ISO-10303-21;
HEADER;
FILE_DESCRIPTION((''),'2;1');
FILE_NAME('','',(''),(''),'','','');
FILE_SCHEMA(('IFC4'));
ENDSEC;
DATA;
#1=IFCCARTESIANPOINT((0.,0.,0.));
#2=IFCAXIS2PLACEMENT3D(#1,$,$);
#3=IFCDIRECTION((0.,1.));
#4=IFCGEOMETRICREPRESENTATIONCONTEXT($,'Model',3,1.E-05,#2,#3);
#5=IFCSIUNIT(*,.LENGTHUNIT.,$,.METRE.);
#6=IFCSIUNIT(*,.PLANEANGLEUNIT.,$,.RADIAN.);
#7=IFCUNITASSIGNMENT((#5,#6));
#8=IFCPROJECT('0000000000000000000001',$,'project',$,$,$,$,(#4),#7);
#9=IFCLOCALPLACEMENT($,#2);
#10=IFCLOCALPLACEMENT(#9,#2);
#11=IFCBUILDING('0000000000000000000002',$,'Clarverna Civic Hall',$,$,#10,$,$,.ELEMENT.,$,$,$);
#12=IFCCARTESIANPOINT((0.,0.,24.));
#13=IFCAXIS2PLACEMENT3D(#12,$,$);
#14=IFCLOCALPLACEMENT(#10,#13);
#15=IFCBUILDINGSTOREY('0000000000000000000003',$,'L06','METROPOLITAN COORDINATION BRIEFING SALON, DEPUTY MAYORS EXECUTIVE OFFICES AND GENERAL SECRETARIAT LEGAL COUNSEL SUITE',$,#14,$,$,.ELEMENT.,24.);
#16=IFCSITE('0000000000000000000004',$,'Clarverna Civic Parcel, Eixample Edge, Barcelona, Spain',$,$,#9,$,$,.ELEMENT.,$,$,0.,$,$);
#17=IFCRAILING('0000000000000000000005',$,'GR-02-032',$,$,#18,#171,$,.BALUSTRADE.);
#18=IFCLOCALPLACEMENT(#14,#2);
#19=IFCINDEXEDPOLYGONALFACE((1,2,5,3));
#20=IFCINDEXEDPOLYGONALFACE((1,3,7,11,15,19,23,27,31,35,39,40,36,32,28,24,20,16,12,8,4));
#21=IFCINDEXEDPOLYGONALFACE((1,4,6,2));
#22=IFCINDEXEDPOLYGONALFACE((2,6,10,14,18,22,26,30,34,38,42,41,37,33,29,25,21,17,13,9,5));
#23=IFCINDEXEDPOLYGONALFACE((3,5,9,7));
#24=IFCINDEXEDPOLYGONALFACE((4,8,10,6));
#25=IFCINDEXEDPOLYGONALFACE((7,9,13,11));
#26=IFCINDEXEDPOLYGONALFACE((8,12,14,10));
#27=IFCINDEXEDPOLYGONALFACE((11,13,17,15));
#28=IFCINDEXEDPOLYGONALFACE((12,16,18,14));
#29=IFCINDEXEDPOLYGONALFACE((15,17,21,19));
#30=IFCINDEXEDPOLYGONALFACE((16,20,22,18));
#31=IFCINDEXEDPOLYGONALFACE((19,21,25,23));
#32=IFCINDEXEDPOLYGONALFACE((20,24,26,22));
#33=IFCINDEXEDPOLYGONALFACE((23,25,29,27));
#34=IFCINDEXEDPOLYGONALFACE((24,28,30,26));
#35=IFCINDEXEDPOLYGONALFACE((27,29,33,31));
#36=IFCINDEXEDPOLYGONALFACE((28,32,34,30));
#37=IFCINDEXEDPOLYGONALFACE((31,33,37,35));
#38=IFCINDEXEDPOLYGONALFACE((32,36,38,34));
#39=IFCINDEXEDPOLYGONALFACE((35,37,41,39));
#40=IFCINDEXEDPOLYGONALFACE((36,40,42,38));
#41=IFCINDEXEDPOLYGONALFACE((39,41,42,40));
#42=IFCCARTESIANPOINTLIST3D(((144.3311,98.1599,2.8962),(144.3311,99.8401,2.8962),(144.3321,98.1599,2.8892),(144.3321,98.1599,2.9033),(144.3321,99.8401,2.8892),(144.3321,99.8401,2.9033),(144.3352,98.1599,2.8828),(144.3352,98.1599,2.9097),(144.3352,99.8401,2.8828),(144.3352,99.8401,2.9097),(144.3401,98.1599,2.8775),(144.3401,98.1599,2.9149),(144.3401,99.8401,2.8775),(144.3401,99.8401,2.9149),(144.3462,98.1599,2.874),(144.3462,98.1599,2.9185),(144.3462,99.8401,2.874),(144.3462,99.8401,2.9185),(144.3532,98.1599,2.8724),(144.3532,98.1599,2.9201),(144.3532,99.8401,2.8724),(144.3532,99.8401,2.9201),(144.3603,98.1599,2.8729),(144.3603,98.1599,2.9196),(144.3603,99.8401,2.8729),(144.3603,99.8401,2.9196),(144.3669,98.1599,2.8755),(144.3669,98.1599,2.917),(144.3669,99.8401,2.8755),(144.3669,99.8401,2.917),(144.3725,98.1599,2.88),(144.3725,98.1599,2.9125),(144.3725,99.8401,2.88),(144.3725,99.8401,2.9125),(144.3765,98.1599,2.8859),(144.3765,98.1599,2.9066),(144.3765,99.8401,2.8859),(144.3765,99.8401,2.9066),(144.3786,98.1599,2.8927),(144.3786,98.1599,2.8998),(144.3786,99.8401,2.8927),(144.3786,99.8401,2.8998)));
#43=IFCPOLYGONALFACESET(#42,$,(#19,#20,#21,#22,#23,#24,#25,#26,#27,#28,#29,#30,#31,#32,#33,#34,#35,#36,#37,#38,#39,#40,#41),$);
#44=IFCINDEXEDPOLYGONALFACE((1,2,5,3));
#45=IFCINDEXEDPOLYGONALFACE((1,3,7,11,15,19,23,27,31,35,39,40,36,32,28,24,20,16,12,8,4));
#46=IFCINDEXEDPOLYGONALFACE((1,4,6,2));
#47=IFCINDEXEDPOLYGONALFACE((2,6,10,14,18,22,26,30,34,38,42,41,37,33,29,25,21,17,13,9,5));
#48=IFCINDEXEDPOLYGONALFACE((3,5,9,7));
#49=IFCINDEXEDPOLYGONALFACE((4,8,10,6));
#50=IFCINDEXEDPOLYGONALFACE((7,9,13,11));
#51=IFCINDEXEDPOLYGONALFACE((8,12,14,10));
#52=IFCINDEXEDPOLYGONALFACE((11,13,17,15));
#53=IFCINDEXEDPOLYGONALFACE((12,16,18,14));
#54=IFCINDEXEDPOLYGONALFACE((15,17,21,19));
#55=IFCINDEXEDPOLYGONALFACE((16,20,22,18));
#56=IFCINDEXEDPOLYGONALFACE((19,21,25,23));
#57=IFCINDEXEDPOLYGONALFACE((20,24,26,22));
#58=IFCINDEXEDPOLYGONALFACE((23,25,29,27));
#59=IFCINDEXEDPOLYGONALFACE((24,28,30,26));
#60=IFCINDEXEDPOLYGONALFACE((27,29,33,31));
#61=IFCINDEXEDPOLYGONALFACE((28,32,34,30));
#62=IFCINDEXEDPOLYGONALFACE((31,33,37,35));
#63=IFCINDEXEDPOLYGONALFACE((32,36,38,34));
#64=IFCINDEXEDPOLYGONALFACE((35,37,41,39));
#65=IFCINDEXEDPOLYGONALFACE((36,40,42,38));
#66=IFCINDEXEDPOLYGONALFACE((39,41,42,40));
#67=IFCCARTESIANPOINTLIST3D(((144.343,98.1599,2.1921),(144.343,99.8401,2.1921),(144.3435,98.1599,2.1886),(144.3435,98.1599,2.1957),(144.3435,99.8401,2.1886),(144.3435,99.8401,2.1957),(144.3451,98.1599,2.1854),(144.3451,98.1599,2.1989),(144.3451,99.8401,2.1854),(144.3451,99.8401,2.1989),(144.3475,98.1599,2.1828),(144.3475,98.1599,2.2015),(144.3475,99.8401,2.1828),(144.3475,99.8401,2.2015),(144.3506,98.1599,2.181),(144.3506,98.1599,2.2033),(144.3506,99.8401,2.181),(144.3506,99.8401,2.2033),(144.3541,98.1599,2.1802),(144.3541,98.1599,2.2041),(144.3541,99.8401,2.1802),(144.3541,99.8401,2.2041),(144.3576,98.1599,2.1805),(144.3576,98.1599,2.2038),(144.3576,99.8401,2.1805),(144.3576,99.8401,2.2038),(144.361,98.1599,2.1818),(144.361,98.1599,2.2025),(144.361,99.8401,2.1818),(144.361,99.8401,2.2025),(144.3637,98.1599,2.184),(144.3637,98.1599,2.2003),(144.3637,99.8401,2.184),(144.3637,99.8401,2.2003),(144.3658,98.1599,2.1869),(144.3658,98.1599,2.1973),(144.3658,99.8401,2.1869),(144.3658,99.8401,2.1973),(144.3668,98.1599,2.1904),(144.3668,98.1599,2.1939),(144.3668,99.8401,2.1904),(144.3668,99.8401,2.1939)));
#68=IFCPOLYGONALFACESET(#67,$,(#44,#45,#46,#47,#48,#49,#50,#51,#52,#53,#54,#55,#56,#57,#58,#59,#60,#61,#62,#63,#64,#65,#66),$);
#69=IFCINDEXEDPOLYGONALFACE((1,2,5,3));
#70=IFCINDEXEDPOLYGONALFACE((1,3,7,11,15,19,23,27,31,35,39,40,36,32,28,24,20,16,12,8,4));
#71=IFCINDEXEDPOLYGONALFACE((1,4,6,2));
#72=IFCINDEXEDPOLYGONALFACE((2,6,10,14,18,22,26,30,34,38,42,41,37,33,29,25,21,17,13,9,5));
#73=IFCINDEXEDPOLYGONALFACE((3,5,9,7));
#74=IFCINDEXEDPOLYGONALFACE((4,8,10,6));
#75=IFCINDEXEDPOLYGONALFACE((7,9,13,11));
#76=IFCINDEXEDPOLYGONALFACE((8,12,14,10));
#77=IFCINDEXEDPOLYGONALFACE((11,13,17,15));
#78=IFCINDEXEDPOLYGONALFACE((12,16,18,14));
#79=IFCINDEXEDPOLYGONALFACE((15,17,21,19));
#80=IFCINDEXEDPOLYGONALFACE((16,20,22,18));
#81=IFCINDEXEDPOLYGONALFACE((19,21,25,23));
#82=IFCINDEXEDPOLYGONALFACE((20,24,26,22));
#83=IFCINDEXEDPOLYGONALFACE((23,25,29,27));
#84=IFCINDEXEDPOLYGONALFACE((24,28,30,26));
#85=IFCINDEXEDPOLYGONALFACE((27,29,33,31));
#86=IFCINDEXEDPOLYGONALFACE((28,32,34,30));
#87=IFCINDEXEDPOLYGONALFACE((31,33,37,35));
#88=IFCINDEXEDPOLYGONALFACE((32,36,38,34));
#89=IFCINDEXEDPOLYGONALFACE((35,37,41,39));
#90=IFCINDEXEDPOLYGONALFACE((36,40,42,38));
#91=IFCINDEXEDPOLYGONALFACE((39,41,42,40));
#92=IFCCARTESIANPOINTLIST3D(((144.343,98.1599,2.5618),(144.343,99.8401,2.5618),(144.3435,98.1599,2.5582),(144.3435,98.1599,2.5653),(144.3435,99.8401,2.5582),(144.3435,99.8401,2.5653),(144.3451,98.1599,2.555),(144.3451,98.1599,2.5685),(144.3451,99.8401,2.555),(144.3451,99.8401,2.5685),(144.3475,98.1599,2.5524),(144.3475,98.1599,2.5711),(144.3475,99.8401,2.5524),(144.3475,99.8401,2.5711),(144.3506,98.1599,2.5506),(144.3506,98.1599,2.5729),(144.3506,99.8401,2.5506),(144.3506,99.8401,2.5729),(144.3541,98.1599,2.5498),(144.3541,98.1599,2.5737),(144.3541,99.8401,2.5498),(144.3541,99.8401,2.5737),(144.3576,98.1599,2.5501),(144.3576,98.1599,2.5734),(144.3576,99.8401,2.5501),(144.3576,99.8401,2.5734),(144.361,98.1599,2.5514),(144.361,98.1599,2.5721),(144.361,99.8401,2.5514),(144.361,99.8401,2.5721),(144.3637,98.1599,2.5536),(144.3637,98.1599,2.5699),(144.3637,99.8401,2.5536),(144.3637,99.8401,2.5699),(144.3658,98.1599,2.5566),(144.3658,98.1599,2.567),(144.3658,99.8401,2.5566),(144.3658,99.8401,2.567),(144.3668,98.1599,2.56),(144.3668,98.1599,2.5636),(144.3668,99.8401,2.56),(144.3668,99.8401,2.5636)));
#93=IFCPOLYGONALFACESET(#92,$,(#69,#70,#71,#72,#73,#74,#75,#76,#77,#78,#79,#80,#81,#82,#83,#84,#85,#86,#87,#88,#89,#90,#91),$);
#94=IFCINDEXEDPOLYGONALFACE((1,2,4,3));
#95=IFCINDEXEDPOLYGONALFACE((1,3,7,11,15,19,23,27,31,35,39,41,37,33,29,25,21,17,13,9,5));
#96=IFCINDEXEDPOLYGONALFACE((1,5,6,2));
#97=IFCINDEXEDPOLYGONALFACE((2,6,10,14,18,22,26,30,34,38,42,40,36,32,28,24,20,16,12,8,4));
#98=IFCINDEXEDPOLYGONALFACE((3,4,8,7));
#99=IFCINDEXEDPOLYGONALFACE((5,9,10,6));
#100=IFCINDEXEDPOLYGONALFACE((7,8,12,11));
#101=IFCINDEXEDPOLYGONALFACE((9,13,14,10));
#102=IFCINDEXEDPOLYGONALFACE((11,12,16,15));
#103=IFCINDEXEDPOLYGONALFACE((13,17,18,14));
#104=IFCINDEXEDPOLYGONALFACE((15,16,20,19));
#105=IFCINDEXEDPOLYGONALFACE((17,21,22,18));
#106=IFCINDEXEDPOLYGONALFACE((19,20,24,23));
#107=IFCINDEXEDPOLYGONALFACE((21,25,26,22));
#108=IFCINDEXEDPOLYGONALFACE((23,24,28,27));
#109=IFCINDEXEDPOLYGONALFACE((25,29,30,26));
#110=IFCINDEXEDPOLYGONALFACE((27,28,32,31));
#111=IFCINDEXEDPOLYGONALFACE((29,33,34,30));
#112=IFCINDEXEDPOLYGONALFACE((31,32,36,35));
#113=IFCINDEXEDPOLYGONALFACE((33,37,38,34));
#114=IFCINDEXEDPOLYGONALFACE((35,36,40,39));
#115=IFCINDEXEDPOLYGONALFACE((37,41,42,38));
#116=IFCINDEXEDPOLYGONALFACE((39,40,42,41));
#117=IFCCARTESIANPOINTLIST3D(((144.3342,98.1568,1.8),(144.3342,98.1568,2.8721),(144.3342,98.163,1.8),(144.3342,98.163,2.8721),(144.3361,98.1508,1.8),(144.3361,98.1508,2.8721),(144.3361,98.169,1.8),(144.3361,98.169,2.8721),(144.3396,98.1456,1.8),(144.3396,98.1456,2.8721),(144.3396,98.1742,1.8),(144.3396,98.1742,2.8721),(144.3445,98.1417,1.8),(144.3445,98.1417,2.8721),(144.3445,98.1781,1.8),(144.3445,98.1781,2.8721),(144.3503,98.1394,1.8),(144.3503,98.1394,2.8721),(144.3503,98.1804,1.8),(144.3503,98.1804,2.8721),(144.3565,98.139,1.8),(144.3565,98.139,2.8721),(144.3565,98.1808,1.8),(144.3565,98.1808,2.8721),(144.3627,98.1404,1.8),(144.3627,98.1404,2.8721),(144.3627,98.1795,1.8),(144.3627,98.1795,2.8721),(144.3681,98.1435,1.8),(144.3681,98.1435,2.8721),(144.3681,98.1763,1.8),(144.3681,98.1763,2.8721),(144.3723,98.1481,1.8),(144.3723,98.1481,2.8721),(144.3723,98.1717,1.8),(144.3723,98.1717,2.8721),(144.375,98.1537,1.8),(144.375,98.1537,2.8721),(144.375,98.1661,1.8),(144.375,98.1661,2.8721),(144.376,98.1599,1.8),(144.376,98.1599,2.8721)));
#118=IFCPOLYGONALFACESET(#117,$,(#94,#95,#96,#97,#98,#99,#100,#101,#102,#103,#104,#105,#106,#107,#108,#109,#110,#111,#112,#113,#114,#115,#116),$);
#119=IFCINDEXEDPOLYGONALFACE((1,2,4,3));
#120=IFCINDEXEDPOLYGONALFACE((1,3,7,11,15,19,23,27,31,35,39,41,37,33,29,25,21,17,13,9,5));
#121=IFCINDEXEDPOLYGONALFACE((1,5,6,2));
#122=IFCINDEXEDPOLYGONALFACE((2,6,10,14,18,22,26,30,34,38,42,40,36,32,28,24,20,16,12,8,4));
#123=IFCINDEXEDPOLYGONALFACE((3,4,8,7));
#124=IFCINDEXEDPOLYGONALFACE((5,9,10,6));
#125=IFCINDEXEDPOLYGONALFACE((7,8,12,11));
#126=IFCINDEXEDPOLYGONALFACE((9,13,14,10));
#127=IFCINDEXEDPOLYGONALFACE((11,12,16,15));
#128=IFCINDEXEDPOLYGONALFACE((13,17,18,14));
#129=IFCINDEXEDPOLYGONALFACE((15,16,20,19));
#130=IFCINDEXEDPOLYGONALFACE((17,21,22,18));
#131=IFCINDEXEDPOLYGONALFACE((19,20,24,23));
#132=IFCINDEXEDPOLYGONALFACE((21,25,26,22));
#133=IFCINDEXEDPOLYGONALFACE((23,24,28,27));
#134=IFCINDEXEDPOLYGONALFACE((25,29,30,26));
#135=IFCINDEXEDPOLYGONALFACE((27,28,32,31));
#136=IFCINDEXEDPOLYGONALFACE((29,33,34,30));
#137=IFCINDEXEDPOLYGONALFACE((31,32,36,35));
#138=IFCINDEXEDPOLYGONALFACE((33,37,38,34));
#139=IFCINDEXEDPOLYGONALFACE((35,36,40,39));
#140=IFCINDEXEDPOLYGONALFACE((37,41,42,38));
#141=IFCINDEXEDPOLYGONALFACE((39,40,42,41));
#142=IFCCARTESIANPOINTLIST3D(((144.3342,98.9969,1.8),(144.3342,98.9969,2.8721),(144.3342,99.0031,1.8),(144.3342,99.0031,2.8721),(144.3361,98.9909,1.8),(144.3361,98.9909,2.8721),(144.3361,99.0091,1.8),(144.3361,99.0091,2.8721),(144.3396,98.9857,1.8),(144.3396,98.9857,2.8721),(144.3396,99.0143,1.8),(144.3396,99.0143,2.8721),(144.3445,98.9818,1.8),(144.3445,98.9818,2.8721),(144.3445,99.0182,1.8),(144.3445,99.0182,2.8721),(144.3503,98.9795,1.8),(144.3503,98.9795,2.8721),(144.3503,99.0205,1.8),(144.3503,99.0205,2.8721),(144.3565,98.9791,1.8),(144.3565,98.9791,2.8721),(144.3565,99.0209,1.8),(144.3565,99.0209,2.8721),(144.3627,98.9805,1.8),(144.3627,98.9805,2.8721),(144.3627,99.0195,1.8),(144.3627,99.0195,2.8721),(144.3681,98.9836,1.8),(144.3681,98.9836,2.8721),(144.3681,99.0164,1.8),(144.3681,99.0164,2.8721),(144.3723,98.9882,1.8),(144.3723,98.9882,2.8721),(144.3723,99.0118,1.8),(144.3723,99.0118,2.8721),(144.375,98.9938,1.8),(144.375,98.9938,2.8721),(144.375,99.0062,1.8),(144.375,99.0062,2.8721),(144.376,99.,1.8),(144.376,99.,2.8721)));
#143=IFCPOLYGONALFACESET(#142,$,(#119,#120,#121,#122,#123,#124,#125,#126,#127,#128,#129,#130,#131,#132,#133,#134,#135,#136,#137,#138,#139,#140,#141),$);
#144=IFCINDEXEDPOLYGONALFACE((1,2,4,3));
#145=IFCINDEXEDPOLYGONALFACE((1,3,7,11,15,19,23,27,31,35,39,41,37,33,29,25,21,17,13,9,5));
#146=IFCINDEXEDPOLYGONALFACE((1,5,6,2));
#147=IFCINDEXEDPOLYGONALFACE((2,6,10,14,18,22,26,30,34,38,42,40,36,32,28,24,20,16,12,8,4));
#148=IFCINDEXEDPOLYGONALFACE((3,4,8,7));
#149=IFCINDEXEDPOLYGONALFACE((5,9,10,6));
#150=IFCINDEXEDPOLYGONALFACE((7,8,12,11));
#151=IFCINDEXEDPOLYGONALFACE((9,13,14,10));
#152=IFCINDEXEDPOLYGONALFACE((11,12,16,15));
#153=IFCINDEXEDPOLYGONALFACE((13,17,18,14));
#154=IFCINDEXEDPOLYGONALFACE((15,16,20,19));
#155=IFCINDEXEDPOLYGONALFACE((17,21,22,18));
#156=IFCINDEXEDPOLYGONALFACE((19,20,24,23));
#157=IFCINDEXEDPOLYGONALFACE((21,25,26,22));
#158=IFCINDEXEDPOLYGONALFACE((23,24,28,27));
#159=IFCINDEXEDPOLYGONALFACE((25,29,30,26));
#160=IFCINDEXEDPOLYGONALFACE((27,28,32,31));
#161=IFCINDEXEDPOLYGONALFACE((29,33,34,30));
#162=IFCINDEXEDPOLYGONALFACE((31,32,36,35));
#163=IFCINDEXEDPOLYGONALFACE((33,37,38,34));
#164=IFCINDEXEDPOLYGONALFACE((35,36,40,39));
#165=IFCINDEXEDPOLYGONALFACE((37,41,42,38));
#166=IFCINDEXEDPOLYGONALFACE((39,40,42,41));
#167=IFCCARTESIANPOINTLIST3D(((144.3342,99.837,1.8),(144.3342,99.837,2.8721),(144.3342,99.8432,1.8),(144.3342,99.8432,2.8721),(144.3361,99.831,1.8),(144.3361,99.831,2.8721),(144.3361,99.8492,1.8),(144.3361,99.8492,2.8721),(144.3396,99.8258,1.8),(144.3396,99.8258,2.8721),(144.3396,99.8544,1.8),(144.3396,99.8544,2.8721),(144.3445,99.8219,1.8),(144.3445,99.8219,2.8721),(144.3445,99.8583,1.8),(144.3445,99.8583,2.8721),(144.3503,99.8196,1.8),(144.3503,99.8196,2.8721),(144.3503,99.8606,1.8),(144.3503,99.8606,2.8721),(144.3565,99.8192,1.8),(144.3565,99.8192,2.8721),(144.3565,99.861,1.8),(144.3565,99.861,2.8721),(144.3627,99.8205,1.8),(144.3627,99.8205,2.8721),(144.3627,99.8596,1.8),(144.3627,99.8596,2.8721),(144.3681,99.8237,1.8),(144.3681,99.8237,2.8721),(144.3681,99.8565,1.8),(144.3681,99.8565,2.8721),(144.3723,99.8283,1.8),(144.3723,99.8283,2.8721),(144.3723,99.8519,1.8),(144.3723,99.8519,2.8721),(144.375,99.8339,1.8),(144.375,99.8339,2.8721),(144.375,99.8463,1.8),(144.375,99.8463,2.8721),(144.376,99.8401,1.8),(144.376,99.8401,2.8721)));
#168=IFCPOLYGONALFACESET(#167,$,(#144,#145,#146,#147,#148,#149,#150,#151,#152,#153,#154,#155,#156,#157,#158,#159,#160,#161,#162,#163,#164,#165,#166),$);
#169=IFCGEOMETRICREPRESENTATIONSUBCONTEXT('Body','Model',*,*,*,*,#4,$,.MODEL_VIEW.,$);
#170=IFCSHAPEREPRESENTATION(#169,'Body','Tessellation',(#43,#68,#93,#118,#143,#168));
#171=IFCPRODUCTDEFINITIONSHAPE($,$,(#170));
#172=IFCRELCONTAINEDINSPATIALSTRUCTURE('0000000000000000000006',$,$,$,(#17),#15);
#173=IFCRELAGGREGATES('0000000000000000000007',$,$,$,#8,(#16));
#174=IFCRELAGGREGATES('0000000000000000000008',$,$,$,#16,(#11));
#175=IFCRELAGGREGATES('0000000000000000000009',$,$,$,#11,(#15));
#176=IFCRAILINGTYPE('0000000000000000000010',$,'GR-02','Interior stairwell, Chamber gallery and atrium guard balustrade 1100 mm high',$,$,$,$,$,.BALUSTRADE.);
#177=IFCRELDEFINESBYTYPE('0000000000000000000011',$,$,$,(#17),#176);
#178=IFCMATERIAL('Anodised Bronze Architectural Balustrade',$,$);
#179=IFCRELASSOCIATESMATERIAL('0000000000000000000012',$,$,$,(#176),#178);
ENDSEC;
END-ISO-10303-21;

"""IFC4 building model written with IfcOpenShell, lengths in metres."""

from ifc_helpers import new_model, si_unit, direction, frame, origin, origin_2d, place, context, subcontext, project, spatial, circle, extrude, material, type_object, element, save


model = new_model("IFC4")

# Units and contexts
model_context = context("Model", 3, precision=1e-05, world=origin(), true_north=direction((0.0, 1.0)))
body_context = subcontext(model_context, "Body", "Model", "MODEL_VIEW")
ifc_project = project(units=[si_unit("LENGTHUNIT", "METRE"), si_unit("PLANEANGLEUNIT", "RADIAN")], contexts=[model_context])

# Site, building, storey
site_placement = place(None, origin())
site = spatial("IfcSite", under=ifc_project, at=site_placement, Name="Clarverna Civic Parcel, Eixample Edge, Barcelona, Spain", CompositionType="ELEMENT", RefElevation=0.0)
building_placement = place(site_placement, origin())
building = spatial("IfcBuilding", under=site, at=building_placement, Name="Clarverna Civic Hall", CompositionType="ELEMENT")
storey_placement = place(building_placement, frame((0.0, 0.0, 24.0)))
storey = spatial("IfcBuildingStorey", under=building, at=storey_placement, Name="L06", Description="METROPOLITAN COORDINATION BRIEFING SALON, DEPUTY MAYORS EXECUTIVE OFFICES AND GENERAL SECRETARIAT LEGAL COUNSEL SUITE", CompositionType="ELEMENT", Elevation=24.0)

# Railing
ifc_material_1 = material(Name="Anodised Bronze Architectural Balustrade")
railing_type_1 = type_object("IfcRailingType", Name="GR-02", Description="Interior stairwell, Chamber gallery and atrium guard balustrade 1100 mm high", PredefinedType="BALUSTRADE", material=ifc_material_1)
railing_1_placement = place(storey_placement, frame((144.355, 98.1599, 1.8)))
element("IfcRailing", 1, at=railing_1_placement, inside=storey, type_object=railing_type_1, Name="GR-02-032", PredefinedType="BALUSTRADE", context=body_context, shape_type="SweptSolid", body=[
    extrude(circle(Radius=0.0239, at=origin_2d()), frame((0.0, 0.0, 1.0962), z_axis=(0.0, 1.0, 0.0), x_axis=(-1.0, 0.0, 0.0)), (0.0, 0.0, 1.0), 1.6802),
    extrude(circle(Radius=0.012, at=origin_2d()), frame((0.0, 0.0, 0.3921), z_axis=(0.0, 1.0, 0.0), x_axis=(-1.0, 0.0, 0.0)), (0.0, 0.0, 1.0), 1.6802),
    extrude(circle(Radius=0.012, at=origin_2d()), frame((0.0, 0.0, 0.7617), z_axis=(0.0, 1.0, 0.0), x_axis=(-1.0, 0.0, 0.0)), (0.0, 0.0, 1.0), 1.6802),
    extrude(circle(Radius=0.021, at=origin_2d()), origin(), (0.0, 0.0, 1.0), 1.072),
    extrude(circle(Radius=0.021, at=origin_2d()), frame((0.0, 0.8401, 0.0)), (0.0, 0.0, 1.0), 1.072),
    extrude(circle(Radius=0.021, at=origin_2d()), frame((0.0, 1.6802, 0.0)), (0.0, 0.0, 1.0), 1.072),
])

save(model, "model.ifc")
